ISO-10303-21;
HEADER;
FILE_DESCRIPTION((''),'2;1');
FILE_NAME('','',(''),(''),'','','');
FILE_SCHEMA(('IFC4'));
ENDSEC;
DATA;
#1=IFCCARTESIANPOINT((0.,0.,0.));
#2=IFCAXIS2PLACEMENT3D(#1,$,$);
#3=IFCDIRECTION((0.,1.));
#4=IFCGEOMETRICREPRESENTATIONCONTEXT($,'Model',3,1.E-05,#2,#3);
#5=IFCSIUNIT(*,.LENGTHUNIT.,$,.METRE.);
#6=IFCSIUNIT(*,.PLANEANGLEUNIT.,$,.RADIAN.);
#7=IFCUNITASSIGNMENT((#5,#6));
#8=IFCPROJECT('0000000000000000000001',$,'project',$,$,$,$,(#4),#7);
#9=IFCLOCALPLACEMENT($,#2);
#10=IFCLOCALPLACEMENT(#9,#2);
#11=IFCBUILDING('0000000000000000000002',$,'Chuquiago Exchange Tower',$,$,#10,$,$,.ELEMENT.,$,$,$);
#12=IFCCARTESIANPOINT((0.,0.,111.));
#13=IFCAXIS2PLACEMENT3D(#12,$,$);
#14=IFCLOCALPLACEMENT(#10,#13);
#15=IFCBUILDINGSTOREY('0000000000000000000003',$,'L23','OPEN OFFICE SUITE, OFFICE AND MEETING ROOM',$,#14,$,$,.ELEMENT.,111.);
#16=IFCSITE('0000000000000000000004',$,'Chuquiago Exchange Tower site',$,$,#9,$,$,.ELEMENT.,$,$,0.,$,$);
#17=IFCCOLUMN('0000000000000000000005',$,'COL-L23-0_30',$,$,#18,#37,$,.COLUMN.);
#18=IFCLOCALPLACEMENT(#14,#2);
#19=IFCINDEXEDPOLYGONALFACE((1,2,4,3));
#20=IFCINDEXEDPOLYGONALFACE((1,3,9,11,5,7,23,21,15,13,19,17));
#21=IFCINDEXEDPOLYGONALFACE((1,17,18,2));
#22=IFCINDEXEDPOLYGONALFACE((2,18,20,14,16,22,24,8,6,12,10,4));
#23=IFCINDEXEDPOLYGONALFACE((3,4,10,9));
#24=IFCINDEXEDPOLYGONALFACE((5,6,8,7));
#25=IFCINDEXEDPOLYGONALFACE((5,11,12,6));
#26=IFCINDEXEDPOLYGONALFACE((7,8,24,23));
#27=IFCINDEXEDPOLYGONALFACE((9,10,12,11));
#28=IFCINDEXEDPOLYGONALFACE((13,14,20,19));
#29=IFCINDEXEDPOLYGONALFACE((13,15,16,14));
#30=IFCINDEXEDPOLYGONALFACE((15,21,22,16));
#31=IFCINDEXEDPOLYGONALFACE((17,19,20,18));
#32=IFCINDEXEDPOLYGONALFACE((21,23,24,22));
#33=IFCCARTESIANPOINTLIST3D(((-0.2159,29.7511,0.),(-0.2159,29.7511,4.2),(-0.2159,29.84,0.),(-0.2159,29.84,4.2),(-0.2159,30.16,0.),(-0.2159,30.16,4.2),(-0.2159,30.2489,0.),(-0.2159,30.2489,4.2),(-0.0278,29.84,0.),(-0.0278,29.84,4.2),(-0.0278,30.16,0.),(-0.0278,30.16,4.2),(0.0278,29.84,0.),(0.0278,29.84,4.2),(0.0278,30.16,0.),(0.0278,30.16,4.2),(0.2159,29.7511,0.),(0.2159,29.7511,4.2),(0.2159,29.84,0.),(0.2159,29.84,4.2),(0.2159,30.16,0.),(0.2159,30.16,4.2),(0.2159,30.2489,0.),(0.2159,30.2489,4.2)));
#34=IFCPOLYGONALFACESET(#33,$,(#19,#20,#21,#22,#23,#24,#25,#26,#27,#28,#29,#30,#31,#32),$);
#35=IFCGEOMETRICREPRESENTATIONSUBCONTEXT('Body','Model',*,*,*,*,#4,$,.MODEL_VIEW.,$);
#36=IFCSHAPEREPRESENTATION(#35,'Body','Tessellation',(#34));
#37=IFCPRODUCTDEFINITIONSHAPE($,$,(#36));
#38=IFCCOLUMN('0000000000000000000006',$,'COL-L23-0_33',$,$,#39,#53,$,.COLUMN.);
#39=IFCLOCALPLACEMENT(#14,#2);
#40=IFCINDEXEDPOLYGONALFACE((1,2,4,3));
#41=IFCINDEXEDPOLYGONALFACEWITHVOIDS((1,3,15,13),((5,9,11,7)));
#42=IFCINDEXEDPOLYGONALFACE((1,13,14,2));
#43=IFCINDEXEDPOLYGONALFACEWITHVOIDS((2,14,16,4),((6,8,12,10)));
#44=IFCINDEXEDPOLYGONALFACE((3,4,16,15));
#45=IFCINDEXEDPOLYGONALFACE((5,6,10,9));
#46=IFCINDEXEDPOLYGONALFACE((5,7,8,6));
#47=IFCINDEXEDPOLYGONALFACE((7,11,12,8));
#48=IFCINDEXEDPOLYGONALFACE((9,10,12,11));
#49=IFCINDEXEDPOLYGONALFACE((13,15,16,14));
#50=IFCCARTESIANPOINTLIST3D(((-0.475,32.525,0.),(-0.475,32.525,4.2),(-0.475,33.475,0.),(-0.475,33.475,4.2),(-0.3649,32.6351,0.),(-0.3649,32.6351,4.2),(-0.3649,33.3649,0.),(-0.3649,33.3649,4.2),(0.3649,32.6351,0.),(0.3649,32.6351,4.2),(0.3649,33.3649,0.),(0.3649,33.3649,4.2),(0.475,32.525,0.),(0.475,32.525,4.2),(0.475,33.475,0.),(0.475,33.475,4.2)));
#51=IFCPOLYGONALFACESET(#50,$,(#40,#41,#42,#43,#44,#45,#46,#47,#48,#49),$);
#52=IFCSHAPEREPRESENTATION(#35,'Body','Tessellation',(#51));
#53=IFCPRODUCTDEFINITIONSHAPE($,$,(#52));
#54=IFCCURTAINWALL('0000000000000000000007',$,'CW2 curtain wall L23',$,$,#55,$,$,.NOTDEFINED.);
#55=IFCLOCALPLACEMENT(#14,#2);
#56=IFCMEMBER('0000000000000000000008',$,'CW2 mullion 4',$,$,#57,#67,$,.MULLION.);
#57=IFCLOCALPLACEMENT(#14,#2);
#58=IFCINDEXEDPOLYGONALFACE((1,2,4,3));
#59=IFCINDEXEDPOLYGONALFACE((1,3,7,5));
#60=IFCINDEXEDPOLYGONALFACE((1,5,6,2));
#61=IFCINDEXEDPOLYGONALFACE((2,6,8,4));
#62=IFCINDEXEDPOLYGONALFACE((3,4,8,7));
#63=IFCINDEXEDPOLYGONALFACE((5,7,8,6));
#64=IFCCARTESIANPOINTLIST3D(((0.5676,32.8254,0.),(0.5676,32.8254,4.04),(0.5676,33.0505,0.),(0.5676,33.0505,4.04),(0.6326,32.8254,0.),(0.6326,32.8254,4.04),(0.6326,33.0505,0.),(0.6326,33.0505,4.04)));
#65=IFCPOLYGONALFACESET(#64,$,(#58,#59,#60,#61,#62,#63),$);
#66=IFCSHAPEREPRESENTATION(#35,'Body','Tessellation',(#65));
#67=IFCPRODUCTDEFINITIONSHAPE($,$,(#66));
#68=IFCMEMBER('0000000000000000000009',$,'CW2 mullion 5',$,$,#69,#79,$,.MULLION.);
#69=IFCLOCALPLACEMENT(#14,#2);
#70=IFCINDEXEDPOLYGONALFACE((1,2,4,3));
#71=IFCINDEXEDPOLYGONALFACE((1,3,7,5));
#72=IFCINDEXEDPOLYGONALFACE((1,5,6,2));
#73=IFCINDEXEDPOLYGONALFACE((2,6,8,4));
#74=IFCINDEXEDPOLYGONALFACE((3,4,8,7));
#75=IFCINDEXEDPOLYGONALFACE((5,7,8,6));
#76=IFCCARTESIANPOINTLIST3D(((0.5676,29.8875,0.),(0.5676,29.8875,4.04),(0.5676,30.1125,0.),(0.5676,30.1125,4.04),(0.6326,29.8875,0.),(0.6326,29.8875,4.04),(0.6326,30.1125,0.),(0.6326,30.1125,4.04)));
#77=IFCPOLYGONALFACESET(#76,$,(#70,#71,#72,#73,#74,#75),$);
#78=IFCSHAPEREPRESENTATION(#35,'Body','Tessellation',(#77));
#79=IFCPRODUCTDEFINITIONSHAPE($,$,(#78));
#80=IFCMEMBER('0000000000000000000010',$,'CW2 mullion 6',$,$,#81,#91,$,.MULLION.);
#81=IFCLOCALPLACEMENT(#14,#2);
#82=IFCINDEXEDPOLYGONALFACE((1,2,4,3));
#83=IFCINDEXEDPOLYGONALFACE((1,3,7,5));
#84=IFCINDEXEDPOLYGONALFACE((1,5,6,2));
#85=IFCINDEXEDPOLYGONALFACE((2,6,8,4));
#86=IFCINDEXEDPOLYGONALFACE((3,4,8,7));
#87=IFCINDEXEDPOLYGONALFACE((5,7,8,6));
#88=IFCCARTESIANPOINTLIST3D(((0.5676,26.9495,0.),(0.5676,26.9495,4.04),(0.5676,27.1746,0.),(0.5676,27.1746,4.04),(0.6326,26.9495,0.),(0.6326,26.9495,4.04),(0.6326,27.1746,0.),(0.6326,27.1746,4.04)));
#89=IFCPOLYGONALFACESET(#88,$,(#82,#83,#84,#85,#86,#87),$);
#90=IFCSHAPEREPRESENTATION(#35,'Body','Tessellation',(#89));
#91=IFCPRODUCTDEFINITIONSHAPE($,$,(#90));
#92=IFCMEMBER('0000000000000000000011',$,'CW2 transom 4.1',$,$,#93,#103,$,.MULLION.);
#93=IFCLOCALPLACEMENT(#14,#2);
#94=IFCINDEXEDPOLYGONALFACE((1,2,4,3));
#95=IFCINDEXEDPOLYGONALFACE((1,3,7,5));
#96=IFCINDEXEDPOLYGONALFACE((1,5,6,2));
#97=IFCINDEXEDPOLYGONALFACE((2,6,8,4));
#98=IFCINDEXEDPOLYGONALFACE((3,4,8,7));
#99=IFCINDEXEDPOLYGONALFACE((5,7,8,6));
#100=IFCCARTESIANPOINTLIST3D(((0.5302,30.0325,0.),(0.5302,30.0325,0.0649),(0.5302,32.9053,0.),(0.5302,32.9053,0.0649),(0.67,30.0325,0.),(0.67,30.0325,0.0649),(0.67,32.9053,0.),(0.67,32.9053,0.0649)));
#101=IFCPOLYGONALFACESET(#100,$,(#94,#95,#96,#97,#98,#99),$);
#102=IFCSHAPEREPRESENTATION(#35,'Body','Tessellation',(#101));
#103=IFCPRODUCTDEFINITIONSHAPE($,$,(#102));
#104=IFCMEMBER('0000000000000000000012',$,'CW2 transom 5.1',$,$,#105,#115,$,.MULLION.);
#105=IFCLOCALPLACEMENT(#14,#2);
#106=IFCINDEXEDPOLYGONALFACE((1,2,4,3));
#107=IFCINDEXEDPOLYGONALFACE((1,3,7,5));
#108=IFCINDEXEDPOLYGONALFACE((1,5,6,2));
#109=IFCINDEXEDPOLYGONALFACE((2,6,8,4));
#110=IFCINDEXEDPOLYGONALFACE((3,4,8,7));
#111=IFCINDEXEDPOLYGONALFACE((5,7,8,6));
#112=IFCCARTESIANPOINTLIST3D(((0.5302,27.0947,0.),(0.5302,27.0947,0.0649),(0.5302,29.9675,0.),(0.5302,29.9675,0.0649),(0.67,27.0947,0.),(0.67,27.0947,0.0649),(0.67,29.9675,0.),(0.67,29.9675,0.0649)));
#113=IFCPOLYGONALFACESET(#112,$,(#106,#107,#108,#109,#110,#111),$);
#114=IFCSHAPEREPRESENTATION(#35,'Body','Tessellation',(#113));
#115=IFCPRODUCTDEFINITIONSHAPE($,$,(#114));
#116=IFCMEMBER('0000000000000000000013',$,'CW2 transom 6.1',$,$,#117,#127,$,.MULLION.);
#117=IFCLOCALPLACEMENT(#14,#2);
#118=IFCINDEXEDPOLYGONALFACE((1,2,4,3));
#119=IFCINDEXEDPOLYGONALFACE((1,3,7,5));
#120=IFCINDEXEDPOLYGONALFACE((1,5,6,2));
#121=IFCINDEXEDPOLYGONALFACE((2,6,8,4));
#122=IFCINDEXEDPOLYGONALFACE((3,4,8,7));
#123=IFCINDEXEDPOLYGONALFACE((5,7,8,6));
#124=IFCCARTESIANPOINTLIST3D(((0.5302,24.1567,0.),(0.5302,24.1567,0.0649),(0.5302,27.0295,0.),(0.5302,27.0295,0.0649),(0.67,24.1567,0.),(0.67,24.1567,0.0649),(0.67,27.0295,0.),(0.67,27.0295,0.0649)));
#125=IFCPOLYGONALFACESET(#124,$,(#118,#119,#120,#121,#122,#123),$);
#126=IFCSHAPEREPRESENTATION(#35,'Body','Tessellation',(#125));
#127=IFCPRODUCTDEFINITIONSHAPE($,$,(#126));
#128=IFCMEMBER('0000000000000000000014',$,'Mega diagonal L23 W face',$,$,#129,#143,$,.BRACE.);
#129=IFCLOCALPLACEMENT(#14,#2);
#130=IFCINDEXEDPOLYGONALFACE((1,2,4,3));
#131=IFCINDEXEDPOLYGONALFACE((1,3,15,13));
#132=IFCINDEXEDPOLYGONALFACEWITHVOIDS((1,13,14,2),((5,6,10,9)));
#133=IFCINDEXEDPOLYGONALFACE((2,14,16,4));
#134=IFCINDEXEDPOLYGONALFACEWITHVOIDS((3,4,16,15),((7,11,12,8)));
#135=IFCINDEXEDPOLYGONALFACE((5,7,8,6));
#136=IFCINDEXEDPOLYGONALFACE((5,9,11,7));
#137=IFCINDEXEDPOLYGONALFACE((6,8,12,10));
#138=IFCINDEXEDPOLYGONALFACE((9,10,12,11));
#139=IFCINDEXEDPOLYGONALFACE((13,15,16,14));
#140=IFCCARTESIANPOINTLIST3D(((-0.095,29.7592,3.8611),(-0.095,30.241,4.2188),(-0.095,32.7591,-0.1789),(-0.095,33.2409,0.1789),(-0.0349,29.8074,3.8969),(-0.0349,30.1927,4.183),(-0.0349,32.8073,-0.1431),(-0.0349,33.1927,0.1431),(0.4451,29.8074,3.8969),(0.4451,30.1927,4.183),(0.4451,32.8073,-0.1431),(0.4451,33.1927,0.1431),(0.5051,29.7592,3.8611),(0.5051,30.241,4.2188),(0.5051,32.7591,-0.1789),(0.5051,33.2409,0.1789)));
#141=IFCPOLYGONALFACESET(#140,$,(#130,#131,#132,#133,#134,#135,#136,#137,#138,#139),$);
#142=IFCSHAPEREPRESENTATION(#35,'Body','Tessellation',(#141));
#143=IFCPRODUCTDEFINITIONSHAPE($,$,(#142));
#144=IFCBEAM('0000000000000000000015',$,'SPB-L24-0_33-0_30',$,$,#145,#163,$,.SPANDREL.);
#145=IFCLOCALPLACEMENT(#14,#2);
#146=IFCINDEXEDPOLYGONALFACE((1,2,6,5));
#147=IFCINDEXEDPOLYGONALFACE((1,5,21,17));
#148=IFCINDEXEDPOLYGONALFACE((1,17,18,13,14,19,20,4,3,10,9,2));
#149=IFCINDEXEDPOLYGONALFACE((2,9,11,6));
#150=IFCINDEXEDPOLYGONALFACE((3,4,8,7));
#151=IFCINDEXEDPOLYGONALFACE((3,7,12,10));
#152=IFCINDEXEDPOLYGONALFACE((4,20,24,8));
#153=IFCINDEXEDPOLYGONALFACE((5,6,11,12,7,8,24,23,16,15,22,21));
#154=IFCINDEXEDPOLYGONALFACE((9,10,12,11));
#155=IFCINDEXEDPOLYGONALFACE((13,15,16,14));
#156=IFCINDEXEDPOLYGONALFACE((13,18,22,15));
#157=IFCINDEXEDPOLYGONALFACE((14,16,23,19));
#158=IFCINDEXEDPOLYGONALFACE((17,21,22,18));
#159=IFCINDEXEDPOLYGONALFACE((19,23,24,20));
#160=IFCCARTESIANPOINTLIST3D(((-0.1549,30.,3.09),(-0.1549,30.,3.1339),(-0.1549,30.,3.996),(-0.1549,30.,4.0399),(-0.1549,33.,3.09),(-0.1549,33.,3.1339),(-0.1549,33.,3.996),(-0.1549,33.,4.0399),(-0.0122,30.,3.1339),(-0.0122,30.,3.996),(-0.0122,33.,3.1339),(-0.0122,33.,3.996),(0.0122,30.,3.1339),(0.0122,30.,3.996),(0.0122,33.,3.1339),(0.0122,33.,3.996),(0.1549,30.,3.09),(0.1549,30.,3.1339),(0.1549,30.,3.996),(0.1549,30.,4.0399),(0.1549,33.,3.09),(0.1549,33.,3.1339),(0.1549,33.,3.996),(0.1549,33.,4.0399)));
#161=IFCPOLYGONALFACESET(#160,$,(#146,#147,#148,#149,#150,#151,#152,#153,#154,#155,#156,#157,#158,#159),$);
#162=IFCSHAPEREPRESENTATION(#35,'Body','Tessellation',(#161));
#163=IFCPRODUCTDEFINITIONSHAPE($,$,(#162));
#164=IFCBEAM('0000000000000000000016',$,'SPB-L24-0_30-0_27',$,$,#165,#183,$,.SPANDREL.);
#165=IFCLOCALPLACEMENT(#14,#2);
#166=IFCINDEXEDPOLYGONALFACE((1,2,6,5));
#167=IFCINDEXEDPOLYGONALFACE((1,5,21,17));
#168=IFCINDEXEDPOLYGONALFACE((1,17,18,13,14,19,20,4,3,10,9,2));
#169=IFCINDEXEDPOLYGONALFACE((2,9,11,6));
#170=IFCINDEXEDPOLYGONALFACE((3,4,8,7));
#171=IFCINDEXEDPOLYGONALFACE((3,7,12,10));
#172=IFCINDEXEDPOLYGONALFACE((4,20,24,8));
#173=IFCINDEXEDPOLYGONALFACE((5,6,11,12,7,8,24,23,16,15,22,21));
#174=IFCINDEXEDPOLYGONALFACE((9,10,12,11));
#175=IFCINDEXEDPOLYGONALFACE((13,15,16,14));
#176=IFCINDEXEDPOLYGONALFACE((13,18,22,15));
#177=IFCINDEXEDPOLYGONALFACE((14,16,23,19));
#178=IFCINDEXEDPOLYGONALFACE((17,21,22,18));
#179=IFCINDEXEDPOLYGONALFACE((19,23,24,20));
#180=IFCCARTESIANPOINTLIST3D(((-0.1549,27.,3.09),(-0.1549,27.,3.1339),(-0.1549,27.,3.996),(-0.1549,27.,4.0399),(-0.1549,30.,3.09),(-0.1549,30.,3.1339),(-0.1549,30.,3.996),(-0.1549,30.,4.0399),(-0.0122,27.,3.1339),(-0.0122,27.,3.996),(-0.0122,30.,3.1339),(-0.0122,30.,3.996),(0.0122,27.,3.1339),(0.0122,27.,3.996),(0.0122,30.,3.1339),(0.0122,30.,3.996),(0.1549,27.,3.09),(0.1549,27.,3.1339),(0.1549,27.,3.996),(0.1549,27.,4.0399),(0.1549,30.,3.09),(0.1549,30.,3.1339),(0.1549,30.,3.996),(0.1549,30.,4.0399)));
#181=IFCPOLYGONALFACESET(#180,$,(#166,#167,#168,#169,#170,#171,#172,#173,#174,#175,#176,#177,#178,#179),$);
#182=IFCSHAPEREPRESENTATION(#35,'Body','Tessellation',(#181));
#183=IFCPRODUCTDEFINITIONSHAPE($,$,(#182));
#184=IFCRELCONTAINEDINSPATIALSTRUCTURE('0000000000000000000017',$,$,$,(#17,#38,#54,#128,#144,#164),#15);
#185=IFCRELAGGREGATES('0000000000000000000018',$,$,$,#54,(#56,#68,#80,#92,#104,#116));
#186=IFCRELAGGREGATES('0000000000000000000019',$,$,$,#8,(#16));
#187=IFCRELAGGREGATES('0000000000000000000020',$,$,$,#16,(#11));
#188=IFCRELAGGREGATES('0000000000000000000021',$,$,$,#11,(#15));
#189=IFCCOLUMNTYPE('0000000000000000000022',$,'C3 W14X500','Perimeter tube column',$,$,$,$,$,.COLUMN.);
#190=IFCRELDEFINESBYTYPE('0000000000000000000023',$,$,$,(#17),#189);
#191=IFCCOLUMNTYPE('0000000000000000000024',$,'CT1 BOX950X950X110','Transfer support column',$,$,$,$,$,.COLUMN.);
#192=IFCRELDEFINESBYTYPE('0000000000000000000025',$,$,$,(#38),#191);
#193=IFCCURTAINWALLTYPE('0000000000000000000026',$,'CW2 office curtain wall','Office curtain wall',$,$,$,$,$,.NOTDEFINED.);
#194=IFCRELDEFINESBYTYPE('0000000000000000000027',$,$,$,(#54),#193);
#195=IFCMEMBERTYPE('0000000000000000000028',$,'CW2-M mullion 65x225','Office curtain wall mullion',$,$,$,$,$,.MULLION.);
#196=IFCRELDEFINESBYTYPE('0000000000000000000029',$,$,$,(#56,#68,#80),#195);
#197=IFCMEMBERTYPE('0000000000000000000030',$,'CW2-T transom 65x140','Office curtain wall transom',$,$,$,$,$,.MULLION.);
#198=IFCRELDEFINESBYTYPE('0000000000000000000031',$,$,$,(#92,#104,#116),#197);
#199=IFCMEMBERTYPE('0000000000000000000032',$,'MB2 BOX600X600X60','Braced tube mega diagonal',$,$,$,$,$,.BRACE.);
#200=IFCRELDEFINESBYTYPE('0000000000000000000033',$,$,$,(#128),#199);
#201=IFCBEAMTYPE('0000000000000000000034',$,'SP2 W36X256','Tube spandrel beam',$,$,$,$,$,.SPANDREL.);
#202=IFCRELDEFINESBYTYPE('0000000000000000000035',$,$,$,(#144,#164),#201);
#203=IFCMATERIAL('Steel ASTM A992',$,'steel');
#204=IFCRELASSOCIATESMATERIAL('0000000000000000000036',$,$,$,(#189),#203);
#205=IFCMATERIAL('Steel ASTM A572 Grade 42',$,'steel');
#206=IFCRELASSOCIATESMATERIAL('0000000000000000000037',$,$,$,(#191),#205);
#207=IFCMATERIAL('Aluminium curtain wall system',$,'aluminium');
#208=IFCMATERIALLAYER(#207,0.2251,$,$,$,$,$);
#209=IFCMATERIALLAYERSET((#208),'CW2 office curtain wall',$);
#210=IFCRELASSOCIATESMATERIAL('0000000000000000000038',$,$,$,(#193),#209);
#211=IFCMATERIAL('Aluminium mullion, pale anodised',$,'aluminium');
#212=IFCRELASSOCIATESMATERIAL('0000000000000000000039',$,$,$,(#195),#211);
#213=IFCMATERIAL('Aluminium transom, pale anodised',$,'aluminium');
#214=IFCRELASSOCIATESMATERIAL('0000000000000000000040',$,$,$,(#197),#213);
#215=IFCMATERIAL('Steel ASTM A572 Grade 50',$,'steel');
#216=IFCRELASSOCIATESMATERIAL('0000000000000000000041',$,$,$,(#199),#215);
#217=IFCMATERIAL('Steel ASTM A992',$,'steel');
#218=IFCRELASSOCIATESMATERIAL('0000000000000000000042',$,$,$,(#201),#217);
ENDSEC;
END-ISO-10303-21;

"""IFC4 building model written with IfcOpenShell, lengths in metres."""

from ifc_helpers import new_model, si_unit, direction, frame, origin, origin_2d, place, context, subcontext, project, spatial, rectangle, hollow_rectangle, i_section, extrude, material, layer, layer_set, material_profile, profile_set, type_object, element, aggregate, save


model = new_model("IFC4")

# Units and contexts
model_context = context("Model", 3, precision=1e-05, world=origin(), true_north=direction((0.0, 1.0)))
body_context = subcontext(model_context, "Body", "Model", "MODEL_VIEW")
ifc_project = project(units=[si_unit("LENGTHUNIT", "METRE"), si_unit("PLANEANGLEUNIT", "RADIAN")], contexts=[model_context])

# Site, building, storey
site_placement = place(None, origin())
site = spatial("IfcSite", under=ifc_project, at=site_placement, Name="Chuquiago Exchange Tower site", CompositionType="ELEMENT", RefElevation=0.0)
building_placement = place(site_placement, origin())
building = spatial("IfcBuilding", under=site, at=building_placement, Name="Chuquiago Exchange Tower", CompositionType="ELEMENT")
storey_placement = place(building_placement, frame((0.0, 0.0, 111.0)))
storey = spatial("IfcBuildingStorey", under=building, at=storey_placement, Name="L23", Description="OPEN OFFICE SUITE, OFFICE AND MEETING ROOM", CompositionType="ELEMENT", Elevation=111.0)

# Columns
ifc_material_1 = material(Name="Steel ASTM A992", Category="steel")
ifc_material_profile_1 = material_profile(ifc_material_1, i_section(OverallWidth=0.4319, OverallDepth=0.4978, WebThickness=0.0557, FlangeThickness=0.0889, at=origin_2d()), Name="W14X500")
ifc_profile_set_1 = profile_set([ifc_material_profile_1], Name="Steel ASTM A992")
column_type_1 = type_object("IfcColumnType", Name="C3 W14X500", Description="Perimeter tube column", PredefinedType="COLUMN", material=ifc_profile_set_1)
column_1_placement = place(storey_placement, frame((0.0, 30.0, 0.0), z_axis=(0.0, 0.0, 1.0), x_axis=(-1.0, 0.0, 0.0)))
element("IfcColumn", 1, at=column_1_placement, inside=storey, type_object=column_type_1, Name="COL-L23-0_30", PredefinedType="COLUMN", context=body_context, shape_type="SweptSolid", body=[
    extrude(i_section(OverallWidth=0.4319, OverallDepth=0.4978, WebThickness=0.0557, FlangeThickness=0.0889, at=origin_2d()), origin(), (0.0, 0.0, 1.0), 4.2),
])
ifc_material_2 = material(Name="Steel ASTM A572 Grade 42", Category="steel")
ifc_material_profile_2 = material_profile(ifc_material_2, hollow_rectangle(XDim=0.95, YDim=0.95, WallThickness=0.1101, at=origin_2d()), Name="BOX950X950X110")
ifc_profile_set_2 = profile_set([ifc_material_profile_2], Name="Steel ASTM A572 Grade 42")
column_type_2 = type_object("IfcColumnType", Name="CT1 BOX950X950X110", Description="Transfer support column", PredefinedType="COLUMN", material=ifc_profile_set_2)
column_2_placement = place(storey_placement, frame((0.0, 33.0, 0.0), z_axis=(0.0, 0.0, 1.0), x_axis=(-1.0, 0.0, 0.0)))
element("IfcColumn", 2, at=column_2_placement, inside=storey, type_object=column_type_2, Name="COL-L23-0_33", PredefinedType="COLUMN", context=body_context, shape_type="SweptSolid", body=[
    extrude(hollow_rectangle(XDim=0.95, YDim=0.95, WallThickness=0.1101, at=origin_2d()), origin(), (0.0, 0.0, 1.0), 4.2),
])

# Curtain wall, members
ifc_material_3 = material(Name="Aluminium curtain wall system", Category="aluminium")
ifc_layer_1 = layer(ifc_material_3, 0.2251)
ifc_layer_set_1 = layer_set([ifc_layer_1], Name="CW2 office curtain wall")
curtain_wall_type = type_object("IfcCurtainWallType", Name="CW2 office curtain wall", Description="Office curtain wall", PredefinedType="NOTDEFINED", material=ifc_layer_set_1)
curtain_wall_placement = place(storey_placement, origin())
curtain_wall = element("IfcCurtainWall", 3, at=curtain_wall_placement, inside=storey, type_object=curtain_wall_type, Name="CW2 curtain wall L23", PredefinedType="NOTDEFINED")
ifc_material_4 = material(Name="Aluminium mullion, pale anodised", Category="aluminium")
ifc_material_profile_3 = material_profile(ifc_material_4, rectangle(XDim=0.0649, YDim=0.2251, at=origin_2d()), Name="AL 65x225")
ifc_profile_set_3 = profile_set([ifc_material_profile_3], Name="Aluminium mullion, pale anodised")
member_type_1 = type_object("IfcMemberType", Name="CW2-M mullion 65x225", Description="Office curtain wall mullion", PredefinedType="MULLION", material=ifc_profile_set_3)
member_1_placement = place(storey_placement, frame((0.6001, 32.938, 0.0), z_axis=(0.0, 0.0, 1.0), x_axis=(1.0, 0.0, 0.0)))
member_1 = element("IfcMember", 4, at=member_1_placement, type_object=member_type_1, Name="CW2 mullion 4", PredefinedType="MULLION", context=body_context, shape_type="SweptSolid", body=[
    extrude(rectangle(XDim=0.0649, YDim=0.2251, at=origin_2d()), origin(), (0.0, 0.0, 1.0), 4.04),
])
member_2_placement = place(storey_placement, frame((0.6001, 30.0, 0.0), z_axis=(0.0, 0.0, 1.0), x_axis=(1.0, 0.0, 0.0)))
member_2 = element("IfcMember", 5, at=member_2_placement, type_object=member_type_1, Name="CW2 mullion 5", PredefinedType="MULLION", context=body_context, shape_type="SweptSolid", body=[
    extrude(rectangle(XDim=0.0649, YDim=0.2251, at=origin_2d()), origin(), (0.0, 0.0, 1.0), 4.04),
])
member_3_placement = place(storey_placement, frame((0.6001, 27.062, 0.0), z_axis=(0.0, 0.0, 1.0), x_axis=(1.0, 0.0, 0.0)))
member_3 = element("IfcMember", 6, at=member_3_placement, type_object=member_type_1, Name="CW2 mullion 6", PredefinedType="MULLION", context=body_context, shape_type="SweptSolid", body=[
    extrude(rectangle(XDim=0.0649, YDim=0.2251, at=origin_2d()), origin(), (0.0, 0.0, 1.0), 4.04),
])
ifc_material_5 = material(Name="Aluminium transom, pale anodised", Category="aluminium")
ifc_material_profile_4 = material_profile(ifc_material_5, rectangle(XDim=0.1399, YDim=0.0649, at=origin_2d()), Name="AL 140x65")
ifc_profile_set_4 = profile_set([ifc_material_profile_4], Name="Aluminium transom, pale anodised")
member_type_2 = type_object("IfcMemberType", Name="CW2-T transom 65x140", Description="Office curtain wall transom", PredefinedType="MULLION", material=ifc_profile_set_4)
member_4_placement = place(storey_placement, frame((0.6001, 32.9053, 0.0325), z_axis=(0.0, -1.0, 0.0), x_axis=(1.0, 0.0, 0.0)))
member_4 = element("IfcMember", 7, at=member_4_placement, type_object=member_type_2, Name="CW2 transom 4.1", PredefinedType="MULLION", context=body_context, shape_type="SweptSolid", body=[
    extrude(rectangle(XDim=0.1399, YDim=0.0649, at=origin_2d()), origin(), (0.0, 0.0, 1.0), 2.8728),
])
member_5_placement = place(storey_placement, frame((0.6001, 29.9675, 0.0325), z_axis=(0.0, -1.0, 0.0), x_axis=(1.0, 0.0, 0.0)))
member_5 = element("IfcMember", 8, at=member_5_placement, type_object=member_type_2, Name="CW2 transom 5.1", PredefinedType="MULLION", context=body_context, shape_type="SweptSolid", body=[
    extrude(rectangle(XDim=0.1399, YDim=0.0649, at=origin_2d()), origin(), (0.0, 0.0, 1.0), 2.8728),
])
member_6_placement = place(storey_placement, frame((0.6001, 27.0295, 0.0325), z_axis=(0.0, -1.0, 0.0), x_axis=(1.0, 0.0, 0.0)))
member_6 = element("IfcMember", 9, at=member_6_placement, type_object=member_type_2, Name="CW2 transom 6.1", PredefinedType="MULLION", context=body_context, shape_type="SweptSolid", body=[
    extrude(rectangle(XDim=0.1399, YDim=0.0649, at=origin_2d()), origin(), (0.0, 0.0, 1.0), 2.8728),
])

# Member
ifc_material_6 = material(Name="Steel ASTM A572 Grade 50", Category="steel")
ifc_material_profile_5 = material_profile(ifc_material_6, hollow_rectangle(XDim=0.6001, YDim=0.6001, WallThickness=0.0601, at=origin_2d()), Name="BOX600X600X60")
ifc_profile_set_5 = profile_set([ifc_material_profile_5], Name="Steel ASTM A572 Grade 50")
member_type_3 = type_object("IfcMemberType", Name="MB2 BOX600X600X60", Description="Braced tube mega diagonal", PredefinedType="BRACE", material=ifc_profile_set_5)
member_7_placement = place(storey_placement, frame((0.2051, 33.0, 0.0), z_axis=(0.0, -0.596174, 0.802855), x_axis=(1.0, 0.0, 0.0)))
element("IfcMember", 10, at=member_7_placement, inside=storey, type_object=member_type_3, Name="Mega diagonal L23 W face", PredefinedType="BRACE", context=body_context, shape_type="SweptSolid", body=[
    extrude(hollow_rectangle(XDim=0.6001, YDim=0.6001, WallThickness=0.0601, at=origin_2d()), origin(), (0.0, 0.0, 1.0), 5.032),
])

# Beams
ifc_material_7 = material(Name="Steel ASTM A992", Category="steel")
ifc_material_profile_6 = material_profile(ifc_material_7, i_section(OverallWidth=0.3098, OverallDepth=0.95, WebThickness=0.0244, FlangeThickness=0.0439, at=origin_2d()), Name="W36X256")
ifc_profile_set_6 = profile_set([ifc_material_profile_6], Name="Steel ASTM A992")
beam_type = type_object("IfcBeamType", Name="SP2 W36X256", Description="Tube spandrel beam", PredefinedType="SPANDREL", material=ifc_profile_set_6)
for number, where, z_axis, x_axis, name in (
    (11, (0.0, 33.0, 3.5649), (0.0, -1.0, 0.0), (1.0, 0.0, 0.0), "SPB-L24-0_33-0_30"),
    (12, (0.0, 30.0, 3.5649), (0.0, -1.0, 0.0), (1.0, 0.0, 0.0), "SPB-L24-0_30-0_27"),
):
    element("IfcBeam", number, at=place(storey_placement, frame(where, z_axis=z_axis, x_axis=x_axis)), inside=storey, type_object=beam_type, Name=name, PredefinedType="SPANDREL", context=body_context, shape_type="SweptSolid", body=[
        extrude(i_section(OverallWidth=0.3098, OverallDepth=0.95, WebThickness=0.0244, FlangeThickness=0.0439, at=origin_2d()), origin(), (0.0, 0.0, 1.0), 3.0),
    ])

aggregate(curtain_wall, [member_1, member_2, member_3, member_4, member_5, member_6])

save(model, "model.ifc")
